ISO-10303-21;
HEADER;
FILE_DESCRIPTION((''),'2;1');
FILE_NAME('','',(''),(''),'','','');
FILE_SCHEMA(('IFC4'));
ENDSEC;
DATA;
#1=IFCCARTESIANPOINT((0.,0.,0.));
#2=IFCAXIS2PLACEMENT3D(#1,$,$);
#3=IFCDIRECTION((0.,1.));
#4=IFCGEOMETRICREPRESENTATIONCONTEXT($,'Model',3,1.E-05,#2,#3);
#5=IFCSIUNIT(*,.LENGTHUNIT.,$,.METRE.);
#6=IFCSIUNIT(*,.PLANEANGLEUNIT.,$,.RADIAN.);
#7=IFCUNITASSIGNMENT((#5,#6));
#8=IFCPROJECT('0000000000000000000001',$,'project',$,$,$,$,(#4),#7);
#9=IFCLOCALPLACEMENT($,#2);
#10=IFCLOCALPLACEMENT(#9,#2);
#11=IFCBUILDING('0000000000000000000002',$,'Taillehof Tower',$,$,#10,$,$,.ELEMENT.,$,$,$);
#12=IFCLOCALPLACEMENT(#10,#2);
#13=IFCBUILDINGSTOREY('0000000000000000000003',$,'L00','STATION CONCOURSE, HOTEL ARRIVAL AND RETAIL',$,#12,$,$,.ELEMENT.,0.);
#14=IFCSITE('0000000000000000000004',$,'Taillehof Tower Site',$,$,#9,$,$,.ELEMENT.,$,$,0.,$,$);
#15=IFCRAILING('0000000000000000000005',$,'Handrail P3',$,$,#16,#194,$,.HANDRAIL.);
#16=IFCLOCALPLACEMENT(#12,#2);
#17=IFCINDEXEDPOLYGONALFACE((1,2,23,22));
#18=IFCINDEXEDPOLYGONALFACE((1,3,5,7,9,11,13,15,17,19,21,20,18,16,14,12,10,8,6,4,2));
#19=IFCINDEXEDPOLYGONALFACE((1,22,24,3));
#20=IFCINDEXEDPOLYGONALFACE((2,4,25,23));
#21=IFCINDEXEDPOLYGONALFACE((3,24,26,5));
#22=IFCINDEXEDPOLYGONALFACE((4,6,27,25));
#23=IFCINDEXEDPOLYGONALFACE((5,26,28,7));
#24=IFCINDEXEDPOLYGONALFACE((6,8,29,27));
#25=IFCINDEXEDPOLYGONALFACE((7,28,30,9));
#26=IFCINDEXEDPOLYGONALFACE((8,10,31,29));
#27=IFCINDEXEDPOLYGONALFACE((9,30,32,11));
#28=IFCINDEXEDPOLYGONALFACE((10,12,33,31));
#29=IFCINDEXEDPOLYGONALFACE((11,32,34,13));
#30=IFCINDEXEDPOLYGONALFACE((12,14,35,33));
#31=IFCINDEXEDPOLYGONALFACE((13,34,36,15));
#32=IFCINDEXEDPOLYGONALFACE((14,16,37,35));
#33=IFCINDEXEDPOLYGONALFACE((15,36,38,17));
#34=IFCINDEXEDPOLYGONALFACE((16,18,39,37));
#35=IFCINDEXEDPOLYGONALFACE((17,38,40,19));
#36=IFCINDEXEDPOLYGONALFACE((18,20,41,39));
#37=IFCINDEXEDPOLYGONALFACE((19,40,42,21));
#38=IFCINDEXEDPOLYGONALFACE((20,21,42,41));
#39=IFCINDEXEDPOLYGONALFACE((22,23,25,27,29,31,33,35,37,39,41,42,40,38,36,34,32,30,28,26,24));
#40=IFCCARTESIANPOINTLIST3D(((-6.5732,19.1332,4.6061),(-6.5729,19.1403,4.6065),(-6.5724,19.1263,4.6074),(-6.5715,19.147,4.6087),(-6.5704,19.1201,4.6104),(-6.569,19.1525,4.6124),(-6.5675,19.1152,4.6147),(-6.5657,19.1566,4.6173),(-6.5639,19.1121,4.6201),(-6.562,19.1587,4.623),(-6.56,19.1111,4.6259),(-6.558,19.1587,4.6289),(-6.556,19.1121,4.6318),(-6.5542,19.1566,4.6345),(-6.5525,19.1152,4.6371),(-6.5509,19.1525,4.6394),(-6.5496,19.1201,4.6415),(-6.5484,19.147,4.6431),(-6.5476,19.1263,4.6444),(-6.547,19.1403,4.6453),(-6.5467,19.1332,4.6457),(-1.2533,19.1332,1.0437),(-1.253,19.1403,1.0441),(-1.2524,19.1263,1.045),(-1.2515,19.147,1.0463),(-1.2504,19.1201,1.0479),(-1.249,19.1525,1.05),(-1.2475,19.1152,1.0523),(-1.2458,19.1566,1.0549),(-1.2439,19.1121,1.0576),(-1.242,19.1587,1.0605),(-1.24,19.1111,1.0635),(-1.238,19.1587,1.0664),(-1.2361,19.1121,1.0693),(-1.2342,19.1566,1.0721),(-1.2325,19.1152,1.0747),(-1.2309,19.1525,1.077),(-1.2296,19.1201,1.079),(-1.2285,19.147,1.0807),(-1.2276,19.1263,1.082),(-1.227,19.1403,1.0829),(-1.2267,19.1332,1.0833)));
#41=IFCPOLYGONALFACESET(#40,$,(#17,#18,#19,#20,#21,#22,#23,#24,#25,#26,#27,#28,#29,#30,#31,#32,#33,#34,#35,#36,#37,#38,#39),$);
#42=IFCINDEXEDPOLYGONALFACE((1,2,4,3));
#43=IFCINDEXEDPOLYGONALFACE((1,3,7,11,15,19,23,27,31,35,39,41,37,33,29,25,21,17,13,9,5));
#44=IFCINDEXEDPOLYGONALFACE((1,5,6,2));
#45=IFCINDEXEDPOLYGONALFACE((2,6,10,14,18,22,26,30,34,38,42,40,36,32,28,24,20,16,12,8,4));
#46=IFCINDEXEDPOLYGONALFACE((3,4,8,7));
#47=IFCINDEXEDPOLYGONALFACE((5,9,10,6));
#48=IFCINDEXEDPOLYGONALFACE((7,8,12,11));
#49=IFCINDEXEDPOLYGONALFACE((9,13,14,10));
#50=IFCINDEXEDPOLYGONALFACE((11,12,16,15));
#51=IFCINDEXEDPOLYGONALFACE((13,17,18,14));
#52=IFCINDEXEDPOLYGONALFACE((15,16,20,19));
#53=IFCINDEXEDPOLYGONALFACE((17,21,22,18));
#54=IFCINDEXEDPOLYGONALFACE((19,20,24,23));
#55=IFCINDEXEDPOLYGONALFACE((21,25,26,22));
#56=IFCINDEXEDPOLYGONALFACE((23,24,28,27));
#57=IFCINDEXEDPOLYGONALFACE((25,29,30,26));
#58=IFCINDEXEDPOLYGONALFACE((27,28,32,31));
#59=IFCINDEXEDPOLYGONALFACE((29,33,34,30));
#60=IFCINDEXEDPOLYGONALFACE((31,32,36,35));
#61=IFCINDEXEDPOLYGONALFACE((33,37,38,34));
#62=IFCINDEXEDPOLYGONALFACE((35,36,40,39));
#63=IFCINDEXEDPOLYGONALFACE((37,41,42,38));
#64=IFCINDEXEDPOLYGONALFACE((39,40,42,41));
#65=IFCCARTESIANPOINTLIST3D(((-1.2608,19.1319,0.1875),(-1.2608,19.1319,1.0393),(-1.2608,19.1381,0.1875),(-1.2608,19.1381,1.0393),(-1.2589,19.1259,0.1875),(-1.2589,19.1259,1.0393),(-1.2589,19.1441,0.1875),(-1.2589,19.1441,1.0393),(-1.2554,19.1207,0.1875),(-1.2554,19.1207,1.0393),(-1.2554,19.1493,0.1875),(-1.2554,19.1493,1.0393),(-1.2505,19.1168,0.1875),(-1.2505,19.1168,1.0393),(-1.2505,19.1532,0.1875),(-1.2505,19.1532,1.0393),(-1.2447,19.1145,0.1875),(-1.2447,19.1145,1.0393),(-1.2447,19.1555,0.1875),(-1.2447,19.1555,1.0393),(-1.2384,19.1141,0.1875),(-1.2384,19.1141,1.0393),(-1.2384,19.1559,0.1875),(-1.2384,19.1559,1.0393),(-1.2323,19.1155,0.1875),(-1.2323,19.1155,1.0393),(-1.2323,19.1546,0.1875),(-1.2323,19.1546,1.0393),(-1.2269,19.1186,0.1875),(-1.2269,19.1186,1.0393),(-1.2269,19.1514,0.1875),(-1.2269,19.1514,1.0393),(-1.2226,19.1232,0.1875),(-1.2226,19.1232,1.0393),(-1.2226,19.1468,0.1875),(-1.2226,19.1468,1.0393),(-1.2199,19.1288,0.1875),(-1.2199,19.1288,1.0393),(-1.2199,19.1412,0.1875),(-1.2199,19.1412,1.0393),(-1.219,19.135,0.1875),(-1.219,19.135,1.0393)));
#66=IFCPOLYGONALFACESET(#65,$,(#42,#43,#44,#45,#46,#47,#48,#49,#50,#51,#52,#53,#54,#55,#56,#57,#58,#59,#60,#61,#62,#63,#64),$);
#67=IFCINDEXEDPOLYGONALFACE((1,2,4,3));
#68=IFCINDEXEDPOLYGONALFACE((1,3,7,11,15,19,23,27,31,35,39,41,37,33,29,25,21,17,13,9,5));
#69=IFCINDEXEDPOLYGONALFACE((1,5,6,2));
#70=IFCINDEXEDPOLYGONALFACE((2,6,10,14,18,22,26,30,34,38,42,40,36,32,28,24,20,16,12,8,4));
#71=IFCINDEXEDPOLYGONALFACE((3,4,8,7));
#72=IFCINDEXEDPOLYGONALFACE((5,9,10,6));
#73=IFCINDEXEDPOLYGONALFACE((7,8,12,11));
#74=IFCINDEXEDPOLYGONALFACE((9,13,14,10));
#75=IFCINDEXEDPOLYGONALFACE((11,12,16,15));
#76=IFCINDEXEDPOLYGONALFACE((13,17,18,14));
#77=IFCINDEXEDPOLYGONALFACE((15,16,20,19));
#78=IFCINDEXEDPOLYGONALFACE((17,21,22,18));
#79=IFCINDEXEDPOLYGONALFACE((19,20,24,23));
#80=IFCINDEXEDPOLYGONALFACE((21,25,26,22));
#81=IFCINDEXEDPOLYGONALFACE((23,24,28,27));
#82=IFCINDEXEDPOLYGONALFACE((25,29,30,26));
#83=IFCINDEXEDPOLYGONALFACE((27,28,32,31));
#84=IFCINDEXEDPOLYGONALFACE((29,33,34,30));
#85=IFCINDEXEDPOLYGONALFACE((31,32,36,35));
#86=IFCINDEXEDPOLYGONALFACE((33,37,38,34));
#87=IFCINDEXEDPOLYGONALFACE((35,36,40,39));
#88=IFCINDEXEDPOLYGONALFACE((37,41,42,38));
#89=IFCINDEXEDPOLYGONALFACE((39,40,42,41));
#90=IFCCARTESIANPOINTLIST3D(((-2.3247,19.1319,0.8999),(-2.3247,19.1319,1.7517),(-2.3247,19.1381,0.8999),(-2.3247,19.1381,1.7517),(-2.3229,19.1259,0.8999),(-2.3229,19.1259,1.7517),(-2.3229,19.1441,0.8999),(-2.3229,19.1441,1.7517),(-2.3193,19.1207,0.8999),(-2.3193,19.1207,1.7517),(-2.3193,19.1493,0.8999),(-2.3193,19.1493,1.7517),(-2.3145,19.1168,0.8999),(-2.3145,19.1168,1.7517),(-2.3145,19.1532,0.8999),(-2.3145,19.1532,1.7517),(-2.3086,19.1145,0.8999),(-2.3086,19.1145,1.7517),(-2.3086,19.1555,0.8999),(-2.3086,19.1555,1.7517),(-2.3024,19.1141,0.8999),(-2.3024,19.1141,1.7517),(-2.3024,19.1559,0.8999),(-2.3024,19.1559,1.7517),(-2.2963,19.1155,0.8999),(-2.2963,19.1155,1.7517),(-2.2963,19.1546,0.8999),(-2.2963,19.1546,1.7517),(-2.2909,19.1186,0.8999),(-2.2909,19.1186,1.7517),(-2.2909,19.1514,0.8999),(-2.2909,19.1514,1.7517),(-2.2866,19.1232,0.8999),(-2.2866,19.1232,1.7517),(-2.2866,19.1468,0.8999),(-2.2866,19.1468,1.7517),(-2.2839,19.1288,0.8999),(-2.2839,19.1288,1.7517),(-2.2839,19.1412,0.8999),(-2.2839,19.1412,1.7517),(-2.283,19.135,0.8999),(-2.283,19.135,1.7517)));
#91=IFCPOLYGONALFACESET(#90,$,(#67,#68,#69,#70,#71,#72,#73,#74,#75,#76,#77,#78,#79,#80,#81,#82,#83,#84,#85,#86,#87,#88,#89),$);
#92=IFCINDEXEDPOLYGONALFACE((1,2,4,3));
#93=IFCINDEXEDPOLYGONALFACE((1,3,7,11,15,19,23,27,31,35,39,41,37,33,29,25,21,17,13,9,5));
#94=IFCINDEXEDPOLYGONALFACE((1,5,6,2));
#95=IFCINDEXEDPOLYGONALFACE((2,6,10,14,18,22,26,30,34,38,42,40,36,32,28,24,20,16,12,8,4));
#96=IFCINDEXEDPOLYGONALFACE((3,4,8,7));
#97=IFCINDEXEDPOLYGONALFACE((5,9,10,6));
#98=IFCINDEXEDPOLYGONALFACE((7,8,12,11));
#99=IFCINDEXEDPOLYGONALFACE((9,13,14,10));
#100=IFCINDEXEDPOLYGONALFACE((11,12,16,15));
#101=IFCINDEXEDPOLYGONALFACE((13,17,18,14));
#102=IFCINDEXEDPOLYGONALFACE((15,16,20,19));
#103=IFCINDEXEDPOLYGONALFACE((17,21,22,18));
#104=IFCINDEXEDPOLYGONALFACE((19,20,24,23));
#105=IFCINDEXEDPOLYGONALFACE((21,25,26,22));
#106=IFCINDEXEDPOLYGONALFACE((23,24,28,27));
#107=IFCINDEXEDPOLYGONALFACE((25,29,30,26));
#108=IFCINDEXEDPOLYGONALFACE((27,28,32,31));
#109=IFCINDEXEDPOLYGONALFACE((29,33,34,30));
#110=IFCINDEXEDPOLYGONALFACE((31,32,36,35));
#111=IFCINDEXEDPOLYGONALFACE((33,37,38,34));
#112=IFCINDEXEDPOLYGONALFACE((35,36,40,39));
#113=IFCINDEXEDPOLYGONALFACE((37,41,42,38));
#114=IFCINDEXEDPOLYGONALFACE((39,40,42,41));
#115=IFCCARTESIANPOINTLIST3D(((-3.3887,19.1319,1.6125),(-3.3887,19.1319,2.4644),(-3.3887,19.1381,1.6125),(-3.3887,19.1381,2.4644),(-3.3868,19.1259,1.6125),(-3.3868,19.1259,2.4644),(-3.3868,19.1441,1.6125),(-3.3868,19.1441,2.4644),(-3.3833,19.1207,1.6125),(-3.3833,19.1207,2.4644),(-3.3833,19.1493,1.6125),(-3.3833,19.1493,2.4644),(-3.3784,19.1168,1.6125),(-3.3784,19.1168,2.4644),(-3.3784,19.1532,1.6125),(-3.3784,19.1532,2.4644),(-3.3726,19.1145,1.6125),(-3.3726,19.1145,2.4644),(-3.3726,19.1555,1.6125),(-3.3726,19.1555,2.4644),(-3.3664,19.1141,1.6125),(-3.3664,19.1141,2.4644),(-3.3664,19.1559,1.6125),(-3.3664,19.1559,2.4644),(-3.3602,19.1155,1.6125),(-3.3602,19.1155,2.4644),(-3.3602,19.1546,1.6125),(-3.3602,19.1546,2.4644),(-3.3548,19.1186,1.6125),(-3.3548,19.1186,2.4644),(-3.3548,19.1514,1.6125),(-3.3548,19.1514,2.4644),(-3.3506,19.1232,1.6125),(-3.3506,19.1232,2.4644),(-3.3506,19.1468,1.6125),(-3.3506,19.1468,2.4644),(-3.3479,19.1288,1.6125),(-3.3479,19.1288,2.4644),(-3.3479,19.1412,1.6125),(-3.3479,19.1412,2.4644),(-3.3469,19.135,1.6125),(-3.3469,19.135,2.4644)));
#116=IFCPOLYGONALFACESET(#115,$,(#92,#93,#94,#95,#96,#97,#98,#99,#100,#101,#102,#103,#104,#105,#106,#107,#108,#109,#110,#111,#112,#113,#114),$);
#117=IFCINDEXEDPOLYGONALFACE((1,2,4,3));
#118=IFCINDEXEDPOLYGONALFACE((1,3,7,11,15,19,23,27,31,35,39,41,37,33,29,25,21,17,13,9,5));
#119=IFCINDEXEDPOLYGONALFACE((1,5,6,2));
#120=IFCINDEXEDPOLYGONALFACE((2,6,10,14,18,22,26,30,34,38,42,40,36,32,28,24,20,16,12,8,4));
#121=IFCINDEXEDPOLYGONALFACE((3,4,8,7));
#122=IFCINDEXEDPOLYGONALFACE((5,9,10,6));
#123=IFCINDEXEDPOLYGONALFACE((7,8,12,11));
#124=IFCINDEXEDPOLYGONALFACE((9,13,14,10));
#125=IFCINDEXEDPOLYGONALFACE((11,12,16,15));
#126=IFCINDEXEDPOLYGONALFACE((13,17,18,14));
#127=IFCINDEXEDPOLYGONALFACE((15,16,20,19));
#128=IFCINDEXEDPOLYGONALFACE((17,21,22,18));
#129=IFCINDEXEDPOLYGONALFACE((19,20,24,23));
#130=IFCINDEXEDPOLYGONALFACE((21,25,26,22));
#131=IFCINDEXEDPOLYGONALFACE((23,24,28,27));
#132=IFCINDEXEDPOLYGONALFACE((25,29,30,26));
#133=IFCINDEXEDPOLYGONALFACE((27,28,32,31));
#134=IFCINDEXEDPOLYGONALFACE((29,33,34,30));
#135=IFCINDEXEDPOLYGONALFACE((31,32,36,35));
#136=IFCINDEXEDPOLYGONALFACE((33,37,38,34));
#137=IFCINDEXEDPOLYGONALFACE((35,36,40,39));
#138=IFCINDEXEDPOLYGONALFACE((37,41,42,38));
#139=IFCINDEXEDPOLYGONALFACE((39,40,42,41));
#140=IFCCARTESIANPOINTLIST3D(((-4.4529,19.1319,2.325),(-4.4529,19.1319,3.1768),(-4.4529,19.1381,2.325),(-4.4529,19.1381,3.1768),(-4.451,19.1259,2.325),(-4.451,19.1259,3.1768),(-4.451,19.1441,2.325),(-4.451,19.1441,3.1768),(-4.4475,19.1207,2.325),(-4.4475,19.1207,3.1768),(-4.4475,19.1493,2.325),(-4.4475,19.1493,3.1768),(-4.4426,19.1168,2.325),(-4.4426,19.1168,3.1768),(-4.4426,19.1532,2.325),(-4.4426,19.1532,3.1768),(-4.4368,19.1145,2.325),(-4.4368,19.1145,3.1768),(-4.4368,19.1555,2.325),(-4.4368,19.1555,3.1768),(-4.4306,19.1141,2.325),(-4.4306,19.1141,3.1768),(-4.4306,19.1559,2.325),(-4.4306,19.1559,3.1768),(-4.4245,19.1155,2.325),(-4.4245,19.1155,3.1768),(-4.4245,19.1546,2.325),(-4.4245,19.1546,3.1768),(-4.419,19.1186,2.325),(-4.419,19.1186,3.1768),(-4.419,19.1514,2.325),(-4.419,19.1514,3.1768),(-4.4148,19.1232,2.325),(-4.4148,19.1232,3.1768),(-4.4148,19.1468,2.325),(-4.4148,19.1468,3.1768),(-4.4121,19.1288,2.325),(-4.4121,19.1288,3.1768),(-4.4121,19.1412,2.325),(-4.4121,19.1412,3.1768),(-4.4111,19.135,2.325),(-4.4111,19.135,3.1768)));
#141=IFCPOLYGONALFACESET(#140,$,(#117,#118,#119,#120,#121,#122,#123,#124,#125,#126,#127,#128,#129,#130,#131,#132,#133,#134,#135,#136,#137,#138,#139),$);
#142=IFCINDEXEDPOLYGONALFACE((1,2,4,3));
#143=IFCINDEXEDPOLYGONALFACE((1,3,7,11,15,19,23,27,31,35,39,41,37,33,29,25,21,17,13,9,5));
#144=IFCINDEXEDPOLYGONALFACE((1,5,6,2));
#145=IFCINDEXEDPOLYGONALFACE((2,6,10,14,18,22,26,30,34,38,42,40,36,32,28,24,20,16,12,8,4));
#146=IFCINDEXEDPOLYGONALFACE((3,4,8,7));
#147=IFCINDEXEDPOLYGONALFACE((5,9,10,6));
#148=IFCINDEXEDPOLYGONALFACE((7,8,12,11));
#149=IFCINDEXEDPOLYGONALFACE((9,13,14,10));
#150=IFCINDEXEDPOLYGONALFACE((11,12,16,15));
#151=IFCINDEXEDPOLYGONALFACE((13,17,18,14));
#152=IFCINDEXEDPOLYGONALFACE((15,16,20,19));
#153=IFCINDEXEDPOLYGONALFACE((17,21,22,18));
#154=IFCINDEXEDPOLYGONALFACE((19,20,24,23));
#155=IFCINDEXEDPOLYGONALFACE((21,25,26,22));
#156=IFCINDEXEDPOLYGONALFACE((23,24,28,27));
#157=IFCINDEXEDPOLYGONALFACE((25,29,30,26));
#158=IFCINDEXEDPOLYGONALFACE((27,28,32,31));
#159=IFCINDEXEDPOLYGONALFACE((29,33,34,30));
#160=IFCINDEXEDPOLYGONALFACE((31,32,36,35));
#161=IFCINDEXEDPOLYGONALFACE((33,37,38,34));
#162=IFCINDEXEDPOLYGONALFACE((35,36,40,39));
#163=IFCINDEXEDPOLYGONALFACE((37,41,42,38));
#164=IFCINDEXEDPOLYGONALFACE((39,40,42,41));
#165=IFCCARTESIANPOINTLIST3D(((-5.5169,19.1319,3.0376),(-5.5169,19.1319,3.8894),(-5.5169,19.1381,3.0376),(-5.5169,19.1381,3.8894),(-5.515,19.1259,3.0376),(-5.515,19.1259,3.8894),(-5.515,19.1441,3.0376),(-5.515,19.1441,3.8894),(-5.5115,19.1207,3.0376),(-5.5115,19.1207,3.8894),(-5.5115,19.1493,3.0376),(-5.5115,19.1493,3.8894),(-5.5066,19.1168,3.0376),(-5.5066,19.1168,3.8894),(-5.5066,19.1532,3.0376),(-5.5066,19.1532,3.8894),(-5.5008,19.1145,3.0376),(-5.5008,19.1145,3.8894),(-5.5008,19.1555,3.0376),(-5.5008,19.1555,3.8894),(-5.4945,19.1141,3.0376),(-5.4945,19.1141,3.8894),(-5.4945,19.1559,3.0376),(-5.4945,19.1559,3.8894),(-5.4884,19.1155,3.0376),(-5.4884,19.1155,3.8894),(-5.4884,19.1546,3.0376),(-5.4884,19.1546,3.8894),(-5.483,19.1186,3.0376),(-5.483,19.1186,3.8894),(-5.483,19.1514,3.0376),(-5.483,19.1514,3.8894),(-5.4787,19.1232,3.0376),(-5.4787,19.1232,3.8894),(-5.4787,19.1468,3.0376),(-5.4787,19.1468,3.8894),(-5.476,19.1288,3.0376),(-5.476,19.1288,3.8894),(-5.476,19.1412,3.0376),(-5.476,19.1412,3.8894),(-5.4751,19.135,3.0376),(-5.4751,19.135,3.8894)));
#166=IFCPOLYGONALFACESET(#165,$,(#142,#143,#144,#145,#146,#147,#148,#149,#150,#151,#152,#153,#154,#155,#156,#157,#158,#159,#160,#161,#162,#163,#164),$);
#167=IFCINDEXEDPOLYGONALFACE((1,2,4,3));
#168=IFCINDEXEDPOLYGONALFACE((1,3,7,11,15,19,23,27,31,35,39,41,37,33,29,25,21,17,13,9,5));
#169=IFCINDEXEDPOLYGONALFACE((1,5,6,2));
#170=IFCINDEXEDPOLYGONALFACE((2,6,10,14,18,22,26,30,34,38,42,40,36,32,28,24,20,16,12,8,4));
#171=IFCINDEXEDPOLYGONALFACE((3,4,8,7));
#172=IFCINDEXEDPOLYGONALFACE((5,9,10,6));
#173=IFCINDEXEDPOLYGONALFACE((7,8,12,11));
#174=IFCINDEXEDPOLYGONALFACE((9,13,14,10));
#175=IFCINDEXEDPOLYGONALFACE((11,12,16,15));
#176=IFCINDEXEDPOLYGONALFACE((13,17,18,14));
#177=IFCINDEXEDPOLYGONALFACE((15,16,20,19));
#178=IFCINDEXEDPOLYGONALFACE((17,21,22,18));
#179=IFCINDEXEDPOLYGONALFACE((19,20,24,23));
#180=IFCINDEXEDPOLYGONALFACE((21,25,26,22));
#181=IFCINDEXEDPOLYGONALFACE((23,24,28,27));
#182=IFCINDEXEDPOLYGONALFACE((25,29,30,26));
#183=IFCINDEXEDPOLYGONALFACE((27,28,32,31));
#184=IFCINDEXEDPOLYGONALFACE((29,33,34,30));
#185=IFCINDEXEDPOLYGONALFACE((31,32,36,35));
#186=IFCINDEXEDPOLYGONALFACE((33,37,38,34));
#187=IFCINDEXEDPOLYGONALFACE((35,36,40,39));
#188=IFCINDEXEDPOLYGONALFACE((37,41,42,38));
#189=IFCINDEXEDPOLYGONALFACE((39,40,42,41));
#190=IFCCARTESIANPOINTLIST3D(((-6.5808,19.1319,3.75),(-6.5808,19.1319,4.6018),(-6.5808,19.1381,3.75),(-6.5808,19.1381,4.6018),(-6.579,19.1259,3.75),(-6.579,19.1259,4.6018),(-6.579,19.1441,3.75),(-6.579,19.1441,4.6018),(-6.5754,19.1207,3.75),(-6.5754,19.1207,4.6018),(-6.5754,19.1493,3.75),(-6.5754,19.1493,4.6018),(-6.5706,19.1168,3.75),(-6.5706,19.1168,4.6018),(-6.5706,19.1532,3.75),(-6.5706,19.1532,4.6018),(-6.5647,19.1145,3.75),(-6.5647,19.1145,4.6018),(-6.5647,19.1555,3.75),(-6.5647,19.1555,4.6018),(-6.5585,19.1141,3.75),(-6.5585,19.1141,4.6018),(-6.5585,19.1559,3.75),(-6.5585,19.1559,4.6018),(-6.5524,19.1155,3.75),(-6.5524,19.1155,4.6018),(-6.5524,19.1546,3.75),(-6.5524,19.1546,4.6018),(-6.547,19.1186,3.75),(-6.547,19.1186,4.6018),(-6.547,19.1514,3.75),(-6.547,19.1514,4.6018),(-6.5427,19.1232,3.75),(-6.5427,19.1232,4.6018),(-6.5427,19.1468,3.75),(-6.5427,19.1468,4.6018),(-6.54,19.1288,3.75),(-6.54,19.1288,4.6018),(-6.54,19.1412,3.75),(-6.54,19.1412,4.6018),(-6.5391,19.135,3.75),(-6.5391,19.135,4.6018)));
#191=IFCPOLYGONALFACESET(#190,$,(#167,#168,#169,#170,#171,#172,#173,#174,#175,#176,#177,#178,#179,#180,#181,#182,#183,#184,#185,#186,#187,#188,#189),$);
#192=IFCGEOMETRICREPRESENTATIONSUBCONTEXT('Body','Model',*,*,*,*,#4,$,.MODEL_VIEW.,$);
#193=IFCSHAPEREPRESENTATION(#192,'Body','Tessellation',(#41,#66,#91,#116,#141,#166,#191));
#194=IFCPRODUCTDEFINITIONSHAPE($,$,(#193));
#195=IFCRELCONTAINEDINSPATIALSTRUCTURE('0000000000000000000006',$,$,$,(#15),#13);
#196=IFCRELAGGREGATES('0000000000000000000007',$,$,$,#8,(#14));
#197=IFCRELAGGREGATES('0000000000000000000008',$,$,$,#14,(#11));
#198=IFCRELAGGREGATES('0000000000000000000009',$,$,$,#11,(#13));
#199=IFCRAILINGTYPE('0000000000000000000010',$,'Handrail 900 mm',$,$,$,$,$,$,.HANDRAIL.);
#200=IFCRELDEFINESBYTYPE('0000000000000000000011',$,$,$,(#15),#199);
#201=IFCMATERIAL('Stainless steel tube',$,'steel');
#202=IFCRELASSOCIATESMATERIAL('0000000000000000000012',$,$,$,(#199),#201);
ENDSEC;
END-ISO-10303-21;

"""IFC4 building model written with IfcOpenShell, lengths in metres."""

from ifc_helpers import new_model, si_unit, direction, frame, origin, origin_2d, place, context, subcontext, project, spatial, circle, extrude, material, type_object, element, save


model = new_model("IFC4")

# Units and contexts
model_context = context("Model", 3, precision=1e-05, world=origin(), true_north=direction((0.0, 1.0)))
body_context = subcontext(model_context, "Body", "Model", "MODEL_VIEW")
ifc_project = project(units=[si_unit("LENGTHUNIT", "METRE"), si_unit("PLANEANGLEUNIT", "RADIAN")], contexts=[model_context])

# Site, building, storey
site_placement = place(None, origin())
site = spatial("IfcSite", under=ifc_project, at=site_placement, Name="Taillehof Tower Site", CompositionType="ELEMENT", RefElevation=0.0)
building_placement = place(site_placement, origin())
building = spatial("IfcBuilding", under=site, at=building_placement, Name="Taillehof Tower", CompositionType="ELEMENT")
storey_placement = place(building_placement, origin())
storey = spatial("IfcBuildingStorey", under=building, at=storey_placement, Name="L00", Description="STATION CONCOURSE, HOTEL ARRIVAL AND RETAIL", CompositionType="ELEMENT", Elevation=0.0)

# Railing
ifc_material_1 = material(Name="Stainless steel tube", Category="steel")
railing_type = type_object("IfcRailingType", Name="Handrail 900 mm", PredefinedType="HANDRAIL", material=ifc_material_1)
for number, where, name in (
    (1, (-1.24, 19.135, 0.1875), "Handrail P3"),
):
    element("IfcRailing", number, at=place(storey_placement, frame(where)), inside=storey, type_object=railing_type, Name=name, PredefinedType="HANDRAIL", context=body_context, shape_type="SweptSolid", body=[
        extrude(circle(Radius=0.0239, at=origin_2d()), frame((0.0, 0.0, 0.876), z_axis=(-0.83091, 0.0, 0.556406), x_axis=(0.0, -1.0, 0.0)), (0.0, 0.0, 1.0), 6.4026),
        extrude(circle(Radius=0.021, at=origin_2d()), origin(), (0.0, 0.0, 1.0), 0.8518),
        extrude(circle(Radius=0.021, at=origin_2d()), frame((-1.064, 0.0, 0.7124)), (0.0, 0.0, 1.0), 0.8518),
        extrude(circle(Radius=0.021, at=origin_2d()), frame((-2.1279, 0.0, 1.425)), (0.0, 0.0, 1.0), 0.8518),
        extrude(circle(Radius=0.021, at=origin_2d()), frame((-3.1921, 0.0, 2.1375)), (0.0, 0.0, 1.0), 0.8518),
        extrude(circle(Radius=0.021, at=origin_2d()), frame((-4.2561, 0.0, 2.8501)), (0.0, 0.0, 1.0), 0.8518),
        extrude(circle(Radius=0.021, at=origin_2d()), frame((-5.3201, 0.0, 3.5625)), (0.0, 0.0, 1.0), 0.8518),
    ])

save(model, "model.ifc")
